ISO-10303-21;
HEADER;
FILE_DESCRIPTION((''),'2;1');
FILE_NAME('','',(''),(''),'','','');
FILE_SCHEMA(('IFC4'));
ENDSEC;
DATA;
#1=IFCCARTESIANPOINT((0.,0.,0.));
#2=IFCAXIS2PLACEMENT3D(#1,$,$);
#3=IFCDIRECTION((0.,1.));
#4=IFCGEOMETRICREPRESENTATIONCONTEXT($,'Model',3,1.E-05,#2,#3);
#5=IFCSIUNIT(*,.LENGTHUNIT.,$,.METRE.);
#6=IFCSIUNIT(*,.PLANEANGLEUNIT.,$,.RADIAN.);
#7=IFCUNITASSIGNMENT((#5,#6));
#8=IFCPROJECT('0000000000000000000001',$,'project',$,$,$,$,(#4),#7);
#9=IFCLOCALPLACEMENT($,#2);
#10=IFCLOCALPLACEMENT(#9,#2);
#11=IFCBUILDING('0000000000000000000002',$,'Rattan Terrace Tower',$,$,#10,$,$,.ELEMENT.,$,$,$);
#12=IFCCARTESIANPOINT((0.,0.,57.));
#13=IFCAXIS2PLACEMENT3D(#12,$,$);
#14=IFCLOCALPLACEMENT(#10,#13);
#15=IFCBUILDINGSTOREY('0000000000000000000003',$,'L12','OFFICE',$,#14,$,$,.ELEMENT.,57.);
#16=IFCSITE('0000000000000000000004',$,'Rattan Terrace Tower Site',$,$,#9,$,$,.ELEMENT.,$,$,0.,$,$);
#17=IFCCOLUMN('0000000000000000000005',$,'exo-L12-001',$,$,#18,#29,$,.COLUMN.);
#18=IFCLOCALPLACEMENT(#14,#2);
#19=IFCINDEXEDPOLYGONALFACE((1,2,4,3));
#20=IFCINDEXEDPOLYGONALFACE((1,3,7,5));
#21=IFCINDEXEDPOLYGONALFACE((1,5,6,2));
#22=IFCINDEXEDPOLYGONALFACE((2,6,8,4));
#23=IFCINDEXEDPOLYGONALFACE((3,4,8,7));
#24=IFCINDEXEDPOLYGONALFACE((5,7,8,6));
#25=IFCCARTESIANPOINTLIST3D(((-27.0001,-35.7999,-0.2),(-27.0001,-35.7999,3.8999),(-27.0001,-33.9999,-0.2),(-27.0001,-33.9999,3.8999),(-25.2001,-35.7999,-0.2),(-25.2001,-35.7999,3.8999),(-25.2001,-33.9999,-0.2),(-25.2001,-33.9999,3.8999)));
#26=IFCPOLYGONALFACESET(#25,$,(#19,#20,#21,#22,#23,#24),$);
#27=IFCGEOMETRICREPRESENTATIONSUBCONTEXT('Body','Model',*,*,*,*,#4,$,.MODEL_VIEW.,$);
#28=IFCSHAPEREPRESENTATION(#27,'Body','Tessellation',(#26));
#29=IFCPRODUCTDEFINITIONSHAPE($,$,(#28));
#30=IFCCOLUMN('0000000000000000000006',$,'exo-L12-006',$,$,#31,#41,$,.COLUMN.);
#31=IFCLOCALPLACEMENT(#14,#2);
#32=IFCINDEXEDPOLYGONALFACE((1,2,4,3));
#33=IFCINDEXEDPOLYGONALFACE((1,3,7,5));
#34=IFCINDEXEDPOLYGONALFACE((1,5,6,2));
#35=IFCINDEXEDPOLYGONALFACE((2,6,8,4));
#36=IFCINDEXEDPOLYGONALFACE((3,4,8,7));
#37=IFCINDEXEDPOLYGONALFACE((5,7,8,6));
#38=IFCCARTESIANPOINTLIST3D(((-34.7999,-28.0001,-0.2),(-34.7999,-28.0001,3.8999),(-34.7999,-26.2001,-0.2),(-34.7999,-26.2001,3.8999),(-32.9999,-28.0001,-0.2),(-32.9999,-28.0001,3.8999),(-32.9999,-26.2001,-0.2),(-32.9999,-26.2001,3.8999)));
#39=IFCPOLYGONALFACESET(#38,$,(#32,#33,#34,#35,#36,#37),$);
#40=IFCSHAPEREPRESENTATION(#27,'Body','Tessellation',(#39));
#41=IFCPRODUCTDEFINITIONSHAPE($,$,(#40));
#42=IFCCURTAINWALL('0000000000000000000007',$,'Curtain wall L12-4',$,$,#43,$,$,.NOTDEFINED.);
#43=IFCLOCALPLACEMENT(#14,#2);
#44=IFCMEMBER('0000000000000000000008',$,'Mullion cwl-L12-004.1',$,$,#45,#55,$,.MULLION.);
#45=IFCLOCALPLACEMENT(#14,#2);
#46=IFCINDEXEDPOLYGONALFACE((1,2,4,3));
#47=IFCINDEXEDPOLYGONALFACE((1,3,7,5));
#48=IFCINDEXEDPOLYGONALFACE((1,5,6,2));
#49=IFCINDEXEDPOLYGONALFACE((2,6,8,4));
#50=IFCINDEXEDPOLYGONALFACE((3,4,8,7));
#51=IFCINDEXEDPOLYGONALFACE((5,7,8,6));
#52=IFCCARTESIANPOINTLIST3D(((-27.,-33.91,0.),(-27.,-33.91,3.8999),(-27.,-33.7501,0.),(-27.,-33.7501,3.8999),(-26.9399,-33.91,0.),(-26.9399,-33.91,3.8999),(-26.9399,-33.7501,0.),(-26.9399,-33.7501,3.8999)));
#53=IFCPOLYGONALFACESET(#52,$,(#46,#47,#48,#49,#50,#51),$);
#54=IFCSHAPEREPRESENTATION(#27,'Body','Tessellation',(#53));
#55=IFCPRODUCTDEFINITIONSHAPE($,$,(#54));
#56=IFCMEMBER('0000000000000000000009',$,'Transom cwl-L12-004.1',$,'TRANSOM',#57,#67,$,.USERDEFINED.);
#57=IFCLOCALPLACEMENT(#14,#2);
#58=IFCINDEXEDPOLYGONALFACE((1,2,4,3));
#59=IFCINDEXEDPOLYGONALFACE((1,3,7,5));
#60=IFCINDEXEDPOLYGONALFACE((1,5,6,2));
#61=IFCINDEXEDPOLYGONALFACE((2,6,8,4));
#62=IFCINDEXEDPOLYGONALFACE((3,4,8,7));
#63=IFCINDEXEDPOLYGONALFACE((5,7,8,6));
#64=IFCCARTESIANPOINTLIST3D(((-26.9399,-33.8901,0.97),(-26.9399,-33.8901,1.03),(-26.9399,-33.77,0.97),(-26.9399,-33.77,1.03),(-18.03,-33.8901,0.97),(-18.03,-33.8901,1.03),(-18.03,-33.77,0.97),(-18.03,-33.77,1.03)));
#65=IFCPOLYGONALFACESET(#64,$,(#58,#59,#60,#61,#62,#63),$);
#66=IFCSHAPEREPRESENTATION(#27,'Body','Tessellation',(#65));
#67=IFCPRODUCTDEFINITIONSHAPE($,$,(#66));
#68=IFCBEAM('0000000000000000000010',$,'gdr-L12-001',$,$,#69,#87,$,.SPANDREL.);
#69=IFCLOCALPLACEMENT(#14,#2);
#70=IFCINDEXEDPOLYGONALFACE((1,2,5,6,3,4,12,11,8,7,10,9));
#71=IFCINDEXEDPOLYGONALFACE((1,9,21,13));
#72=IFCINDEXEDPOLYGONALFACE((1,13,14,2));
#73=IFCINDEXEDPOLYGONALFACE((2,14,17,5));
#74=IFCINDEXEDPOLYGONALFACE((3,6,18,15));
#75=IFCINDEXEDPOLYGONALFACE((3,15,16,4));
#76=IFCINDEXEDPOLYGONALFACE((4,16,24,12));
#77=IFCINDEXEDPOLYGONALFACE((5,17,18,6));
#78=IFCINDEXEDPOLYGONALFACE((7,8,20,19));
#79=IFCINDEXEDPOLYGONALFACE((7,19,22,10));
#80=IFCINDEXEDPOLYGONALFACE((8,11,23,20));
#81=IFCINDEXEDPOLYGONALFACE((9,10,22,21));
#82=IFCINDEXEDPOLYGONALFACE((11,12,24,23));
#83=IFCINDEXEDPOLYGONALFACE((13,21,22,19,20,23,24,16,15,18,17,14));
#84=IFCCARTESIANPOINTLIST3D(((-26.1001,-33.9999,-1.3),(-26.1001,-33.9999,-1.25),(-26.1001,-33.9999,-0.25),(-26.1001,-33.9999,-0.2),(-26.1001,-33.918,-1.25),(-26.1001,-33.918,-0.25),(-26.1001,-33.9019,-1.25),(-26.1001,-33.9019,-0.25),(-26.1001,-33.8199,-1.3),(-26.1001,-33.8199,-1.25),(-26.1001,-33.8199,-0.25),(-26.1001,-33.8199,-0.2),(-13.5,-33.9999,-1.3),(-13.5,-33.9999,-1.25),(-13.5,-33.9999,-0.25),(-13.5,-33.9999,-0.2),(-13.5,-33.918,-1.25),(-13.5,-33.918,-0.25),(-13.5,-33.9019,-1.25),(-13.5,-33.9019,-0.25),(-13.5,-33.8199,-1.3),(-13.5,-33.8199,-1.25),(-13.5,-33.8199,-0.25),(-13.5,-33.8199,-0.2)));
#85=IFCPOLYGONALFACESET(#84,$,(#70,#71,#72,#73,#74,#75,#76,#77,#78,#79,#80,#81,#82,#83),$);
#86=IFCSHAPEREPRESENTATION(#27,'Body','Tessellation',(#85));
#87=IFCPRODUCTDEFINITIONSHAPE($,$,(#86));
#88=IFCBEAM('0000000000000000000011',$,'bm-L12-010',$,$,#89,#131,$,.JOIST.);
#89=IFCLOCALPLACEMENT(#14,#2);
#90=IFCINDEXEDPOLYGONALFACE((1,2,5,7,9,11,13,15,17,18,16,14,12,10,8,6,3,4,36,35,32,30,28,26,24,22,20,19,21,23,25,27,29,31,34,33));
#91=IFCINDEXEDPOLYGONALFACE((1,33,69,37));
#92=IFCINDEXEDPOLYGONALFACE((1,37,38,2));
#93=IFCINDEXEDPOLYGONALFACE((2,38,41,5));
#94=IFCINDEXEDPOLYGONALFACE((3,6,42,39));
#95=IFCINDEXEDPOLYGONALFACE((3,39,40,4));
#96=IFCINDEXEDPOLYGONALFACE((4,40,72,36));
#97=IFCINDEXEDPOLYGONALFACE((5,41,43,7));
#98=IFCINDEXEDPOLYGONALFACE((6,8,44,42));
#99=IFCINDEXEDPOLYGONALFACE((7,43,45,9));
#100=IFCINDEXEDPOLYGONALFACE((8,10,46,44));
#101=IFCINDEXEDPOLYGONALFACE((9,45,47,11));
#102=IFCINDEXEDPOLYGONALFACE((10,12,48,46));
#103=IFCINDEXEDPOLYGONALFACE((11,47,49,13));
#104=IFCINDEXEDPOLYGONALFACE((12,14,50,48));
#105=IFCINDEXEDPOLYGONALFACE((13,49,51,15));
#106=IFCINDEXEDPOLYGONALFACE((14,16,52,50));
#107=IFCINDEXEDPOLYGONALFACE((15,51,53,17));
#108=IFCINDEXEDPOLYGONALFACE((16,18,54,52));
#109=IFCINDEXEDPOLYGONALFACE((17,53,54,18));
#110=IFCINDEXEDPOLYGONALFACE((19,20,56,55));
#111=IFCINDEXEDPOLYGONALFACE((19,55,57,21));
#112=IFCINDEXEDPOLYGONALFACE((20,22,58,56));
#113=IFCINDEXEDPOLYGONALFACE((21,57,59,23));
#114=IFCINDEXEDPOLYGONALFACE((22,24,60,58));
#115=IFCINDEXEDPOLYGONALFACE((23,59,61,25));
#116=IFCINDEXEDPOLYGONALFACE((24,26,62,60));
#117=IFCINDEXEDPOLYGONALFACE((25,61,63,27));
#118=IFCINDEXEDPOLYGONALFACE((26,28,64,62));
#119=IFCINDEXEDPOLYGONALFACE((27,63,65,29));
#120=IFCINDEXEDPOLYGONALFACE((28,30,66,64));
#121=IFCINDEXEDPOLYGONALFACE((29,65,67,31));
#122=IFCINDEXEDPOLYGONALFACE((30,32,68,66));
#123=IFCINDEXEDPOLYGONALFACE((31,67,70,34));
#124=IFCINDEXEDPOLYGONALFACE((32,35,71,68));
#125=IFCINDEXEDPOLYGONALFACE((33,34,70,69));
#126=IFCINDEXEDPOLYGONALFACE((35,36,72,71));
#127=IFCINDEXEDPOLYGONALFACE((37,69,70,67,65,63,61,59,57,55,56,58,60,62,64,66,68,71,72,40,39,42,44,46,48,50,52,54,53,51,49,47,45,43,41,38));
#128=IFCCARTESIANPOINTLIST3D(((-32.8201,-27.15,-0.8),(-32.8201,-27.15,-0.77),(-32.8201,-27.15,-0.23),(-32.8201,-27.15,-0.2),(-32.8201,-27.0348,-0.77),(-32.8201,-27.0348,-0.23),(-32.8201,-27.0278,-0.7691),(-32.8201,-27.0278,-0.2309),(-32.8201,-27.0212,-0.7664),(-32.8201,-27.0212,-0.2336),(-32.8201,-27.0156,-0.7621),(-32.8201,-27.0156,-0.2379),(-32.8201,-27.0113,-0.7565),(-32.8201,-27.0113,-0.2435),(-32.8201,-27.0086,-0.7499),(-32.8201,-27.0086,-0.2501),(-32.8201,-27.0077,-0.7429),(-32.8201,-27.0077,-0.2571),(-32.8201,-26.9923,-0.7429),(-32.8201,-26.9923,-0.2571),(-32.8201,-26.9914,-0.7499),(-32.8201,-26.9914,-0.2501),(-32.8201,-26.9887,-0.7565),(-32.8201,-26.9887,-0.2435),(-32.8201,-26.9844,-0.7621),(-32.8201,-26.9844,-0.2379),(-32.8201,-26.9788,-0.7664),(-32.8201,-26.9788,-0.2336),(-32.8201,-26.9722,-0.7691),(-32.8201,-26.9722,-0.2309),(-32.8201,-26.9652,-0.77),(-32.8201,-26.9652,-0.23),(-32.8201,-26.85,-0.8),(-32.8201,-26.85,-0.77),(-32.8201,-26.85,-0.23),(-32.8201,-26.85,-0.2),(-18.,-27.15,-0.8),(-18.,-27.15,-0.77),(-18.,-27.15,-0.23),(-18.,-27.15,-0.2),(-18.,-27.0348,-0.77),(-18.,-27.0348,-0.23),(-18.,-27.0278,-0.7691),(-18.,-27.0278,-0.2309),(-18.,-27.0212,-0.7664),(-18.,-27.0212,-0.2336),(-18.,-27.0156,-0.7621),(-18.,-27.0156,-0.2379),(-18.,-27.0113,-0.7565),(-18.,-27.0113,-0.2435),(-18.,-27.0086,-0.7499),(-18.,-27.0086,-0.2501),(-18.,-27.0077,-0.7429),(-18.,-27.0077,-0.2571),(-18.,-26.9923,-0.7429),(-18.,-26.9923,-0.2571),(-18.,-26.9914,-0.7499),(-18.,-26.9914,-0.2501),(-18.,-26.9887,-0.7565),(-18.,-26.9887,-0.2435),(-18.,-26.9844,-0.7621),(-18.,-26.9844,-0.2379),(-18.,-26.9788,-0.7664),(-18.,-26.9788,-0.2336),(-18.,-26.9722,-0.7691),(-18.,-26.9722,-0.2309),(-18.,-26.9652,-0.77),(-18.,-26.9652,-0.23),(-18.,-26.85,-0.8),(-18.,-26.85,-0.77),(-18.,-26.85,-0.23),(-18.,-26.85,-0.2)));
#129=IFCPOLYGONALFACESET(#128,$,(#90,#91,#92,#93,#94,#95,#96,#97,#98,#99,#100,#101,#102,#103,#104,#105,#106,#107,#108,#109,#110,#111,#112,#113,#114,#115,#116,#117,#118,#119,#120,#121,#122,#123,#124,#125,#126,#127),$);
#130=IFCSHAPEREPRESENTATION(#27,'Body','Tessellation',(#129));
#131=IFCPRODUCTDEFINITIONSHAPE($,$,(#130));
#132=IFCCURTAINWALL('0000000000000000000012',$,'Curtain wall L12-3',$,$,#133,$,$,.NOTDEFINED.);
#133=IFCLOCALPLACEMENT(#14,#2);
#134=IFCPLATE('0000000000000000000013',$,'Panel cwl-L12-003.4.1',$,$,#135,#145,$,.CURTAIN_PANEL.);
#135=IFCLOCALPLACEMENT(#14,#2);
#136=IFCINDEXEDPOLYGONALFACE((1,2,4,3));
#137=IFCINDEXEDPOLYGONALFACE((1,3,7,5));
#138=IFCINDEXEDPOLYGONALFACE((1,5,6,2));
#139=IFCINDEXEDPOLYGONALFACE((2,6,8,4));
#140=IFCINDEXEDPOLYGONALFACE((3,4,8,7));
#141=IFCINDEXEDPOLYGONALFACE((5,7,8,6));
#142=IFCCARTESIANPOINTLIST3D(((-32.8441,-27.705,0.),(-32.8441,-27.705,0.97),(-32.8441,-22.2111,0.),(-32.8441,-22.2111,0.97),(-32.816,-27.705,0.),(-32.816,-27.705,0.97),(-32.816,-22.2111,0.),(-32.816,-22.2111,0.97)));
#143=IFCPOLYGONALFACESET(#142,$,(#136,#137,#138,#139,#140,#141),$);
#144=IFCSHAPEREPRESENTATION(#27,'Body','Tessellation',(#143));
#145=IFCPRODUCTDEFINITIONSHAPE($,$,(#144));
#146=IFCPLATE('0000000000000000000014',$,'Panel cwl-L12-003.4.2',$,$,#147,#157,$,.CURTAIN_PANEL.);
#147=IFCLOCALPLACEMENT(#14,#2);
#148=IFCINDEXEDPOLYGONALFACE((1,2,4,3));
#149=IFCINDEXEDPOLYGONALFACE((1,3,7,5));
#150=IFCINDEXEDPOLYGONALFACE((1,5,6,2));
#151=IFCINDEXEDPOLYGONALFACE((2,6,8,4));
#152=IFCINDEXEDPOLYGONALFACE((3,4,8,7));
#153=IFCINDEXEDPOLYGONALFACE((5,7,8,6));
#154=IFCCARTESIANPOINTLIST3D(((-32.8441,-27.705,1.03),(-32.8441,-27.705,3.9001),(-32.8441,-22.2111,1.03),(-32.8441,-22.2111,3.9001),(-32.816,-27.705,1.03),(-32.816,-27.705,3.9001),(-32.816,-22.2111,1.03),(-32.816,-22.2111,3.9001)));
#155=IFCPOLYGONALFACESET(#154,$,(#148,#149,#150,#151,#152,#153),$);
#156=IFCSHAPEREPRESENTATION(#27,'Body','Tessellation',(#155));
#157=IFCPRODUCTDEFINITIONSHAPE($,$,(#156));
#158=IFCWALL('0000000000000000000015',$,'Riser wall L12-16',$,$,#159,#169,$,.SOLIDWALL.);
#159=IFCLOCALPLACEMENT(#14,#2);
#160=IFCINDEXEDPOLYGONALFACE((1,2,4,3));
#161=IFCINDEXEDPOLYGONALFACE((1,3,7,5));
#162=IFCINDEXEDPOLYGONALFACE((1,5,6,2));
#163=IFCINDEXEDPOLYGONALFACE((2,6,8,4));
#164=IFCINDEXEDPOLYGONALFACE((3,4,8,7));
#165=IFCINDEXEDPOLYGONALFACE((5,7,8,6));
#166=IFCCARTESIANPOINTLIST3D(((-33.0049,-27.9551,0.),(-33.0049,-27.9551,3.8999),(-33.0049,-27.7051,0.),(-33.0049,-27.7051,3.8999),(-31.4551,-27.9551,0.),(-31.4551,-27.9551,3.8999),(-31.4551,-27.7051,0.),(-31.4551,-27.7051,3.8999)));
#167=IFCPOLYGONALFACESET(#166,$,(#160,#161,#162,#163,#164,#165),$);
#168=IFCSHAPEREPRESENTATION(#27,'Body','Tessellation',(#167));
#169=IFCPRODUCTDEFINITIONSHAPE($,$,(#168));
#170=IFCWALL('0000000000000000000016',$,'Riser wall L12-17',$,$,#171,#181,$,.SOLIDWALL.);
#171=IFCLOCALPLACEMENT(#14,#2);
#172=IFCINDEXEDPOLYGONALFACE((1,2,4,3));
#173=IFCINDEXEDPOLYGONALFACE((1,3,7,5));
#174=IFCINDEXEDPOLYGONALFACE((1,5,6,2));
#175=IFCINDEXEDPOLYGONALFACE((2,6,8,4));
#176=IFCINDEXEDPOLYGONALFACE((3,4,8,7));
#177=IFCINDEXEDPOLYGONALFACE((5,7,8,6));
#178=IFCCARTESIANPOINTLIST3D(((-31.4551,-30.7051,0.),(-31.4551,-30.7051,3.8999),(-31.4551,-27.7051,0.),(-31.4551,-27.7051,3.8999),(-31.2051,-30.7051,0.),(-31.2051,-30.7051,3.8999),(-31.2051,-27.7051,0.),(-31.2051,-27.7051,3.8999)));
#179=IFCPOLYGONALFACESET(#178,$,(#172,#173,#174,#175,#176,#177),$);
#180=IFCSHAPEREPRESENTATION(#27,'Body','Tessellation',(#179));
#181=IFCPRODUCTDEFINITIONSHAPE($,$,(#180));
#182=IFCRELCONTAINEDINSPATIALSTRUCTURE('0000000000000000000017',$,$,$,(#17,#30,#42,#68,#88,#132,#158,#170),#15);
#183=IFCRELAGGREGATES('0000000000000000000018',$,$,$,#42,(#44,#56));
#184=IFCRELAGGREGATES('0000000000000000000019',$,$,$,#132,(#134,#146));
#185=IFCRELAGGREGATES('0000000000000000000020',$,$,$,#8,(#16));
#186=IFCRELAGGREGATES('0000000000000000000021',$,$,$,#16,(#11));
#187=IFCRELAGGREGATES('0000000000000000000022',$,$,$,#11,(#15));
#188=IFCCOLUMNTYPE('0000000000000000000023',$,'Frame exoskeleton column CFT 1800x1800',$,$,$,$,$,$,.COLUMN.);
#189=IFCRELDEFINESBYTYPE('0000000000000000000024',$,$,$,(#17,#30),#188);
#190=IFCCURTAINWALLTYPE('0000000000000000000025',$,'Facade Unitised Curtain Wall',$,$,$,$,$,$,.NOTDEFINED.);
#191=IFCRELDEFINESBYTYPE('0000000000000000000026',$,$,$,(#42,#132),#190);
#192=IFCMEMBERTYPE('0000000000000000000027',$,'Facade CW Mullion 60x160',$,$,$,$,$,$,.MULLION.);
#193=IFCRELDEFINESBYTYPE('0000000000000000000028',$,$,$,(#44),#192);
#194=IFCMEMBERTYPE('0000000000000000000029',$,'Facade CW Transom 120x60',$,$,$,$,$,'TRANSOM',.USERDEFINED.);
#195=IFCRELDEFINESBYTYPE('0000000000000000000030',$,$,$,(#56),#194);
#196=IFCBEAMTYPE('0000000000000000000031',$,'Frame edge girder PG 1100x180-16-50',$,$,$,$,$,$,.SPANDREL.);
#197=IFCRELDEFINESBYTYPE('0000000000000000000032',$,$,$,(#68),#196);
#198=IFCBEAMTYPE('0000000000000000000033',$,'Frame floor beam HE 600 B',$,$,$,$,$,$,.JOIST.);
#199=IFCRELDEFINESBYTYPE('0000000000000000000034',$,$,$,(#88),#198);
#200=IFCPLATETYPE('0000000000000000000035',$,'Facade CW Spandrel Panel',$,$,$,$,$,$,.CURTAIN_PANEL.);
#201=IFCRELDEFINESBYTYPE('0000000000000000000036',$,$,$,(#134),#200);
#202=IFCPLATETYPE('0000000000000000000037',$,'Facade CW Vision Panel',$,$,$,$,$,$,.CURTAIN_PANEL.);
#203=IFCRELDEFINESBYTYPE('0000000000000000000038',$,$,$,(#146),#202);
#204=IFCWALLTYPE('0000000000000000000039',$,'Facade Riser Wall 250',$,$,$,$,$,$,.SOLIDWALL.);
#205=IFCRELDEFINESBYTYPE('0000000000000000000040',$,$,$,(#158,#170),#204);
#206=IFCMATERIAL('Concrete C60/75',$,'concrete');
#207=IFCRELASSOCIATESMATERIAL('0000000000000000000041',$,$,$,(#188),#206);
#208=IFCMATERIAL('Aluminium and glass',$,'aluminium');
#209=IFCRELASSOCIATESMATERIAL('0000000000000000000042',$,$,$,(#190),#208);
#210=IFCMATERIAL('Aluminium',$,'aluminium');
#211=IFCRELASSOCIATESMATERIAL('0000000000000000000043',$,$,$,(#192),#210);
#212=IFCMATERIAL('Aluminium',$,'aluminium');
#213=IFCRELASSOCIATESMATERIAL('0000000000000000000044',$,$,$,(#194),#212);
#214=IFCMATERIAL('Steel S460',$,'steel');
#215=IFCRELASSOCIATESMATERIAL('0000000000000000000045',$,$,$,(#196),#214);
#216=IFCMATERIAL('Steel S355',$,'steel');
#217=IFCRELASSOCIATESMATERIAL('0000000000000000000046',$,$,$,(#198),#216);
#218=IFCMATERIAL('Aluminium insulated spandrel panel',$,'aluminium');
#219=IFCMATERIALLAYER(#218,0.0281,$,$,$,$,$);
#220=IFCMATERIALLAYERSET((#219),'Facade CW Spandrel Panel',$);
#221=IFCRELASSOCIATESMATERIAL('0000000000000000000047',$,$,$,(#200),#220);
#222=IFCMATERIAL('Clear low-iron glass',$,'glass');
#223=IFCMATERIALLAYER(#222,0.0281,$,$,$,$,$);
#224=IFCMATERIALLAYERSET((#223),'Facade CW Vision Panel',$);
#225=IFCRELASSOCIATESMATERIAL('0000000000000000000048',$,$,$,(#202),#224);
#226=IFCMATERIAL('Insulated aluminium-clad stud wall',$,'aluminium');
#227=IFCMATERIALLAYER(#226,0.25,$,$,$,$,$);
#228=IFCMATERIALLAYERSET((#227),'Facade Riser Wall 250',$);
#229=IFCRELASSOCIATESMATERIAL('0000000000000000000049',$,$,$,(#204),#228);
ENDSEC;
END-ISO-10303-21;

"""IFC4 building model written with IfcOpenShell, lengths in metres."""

from ifc_helpers import new_model, si_unit, direction, frame, frame_2d, origin, origin_2d, place, context, subcontext, project, spatial, rectangle, i_section, extrude, material, layer, layer_set, material_profile, profile_set, type_object, element, aggregate, save


model = new_model("IFC4")

# Units and contexts
model_context = context("Model", 3, precision=1e-05, world=origin(), true_north=direction((0.0, 1.0)))
body_context = subcontext(model_context, "Body", "Model", "MODEL_VIEW")
ifc_project = project(units=[si_unit("LENGTHUNIT", "METRE"), si_unit("PLANEANGLEUNIT", "RADIAN")], contexts=[model_context])

# Site, building, storey
site_placement = place(None, origin())
site = spatial("IfcSite", under=ifc_project, at=site_placement, Name="Rattan Terrace Tower Site", CompositionType="ELEMENT", RefElevation=0.0)
building_placement = place(site_placement, origin())
building = spatial("IfcBuilding", under=site, at=building_placement, Name="Rattan Terrace Tower", CompositionType="ELEMENT")
storey_placement = place(building_placement, frame((0.0, 0.0, 57.0)))
storey = spatial("IfcBuildingStorey", under=building, at=storey_placement, Name="L12", Description="OFFICE", CompositionType="ELEMENT", Elevation=57.0)

# Columns
ifc_material_1 = material(Name="Concrete C60/75", Category="concrete")
ifc_material_profile_1 = material_profile(ifc_material_1, rectangle(XDim=1.8, YDim=1.8, at=origin_2d()), Name="CFT 1800x1800")
ifc_profile_set_1 = profile_set([ifc_material_profile_1], Name="Concrete C60/75")
column_type = type_object("IfcColumnType", Name="Frame exoskeleton column CFT 1800x1800", PredefinedType="COLUMN", material=ifc_profile_set_1)
for number, where, z_axis, x_axis, name in (
    (1, (-26.1001, -34.8999, -0.2), (0.0, 0.0, 1.0), (1.0, 0.0, 0.0), "exo-L12-001"),
    (2, (-33.8999, -27.1001, -0.2), (0.0, 0.0, 1.0), (0.0, 1.0, 0.0), "exo-L12-006"),
):
    element("IfcColumn", number, at=place(storey_placement, frame(where, z_axis=z_axis, x_axis=x_axis)), inside=storey, type_object=column_type, Name=name, PredefinedType="COLUMN", context=body_context, shape_type="SweptSolid", body=[
        extrude(rectangle(XDim=1.8, YDim=1.8, at=origin_2d()), origin(), (0.0, 0.0, 1.0), 4.0999),
    ])

# Curtain wall, members
ifc_material_2 = material(Name="Aluminium and glass", Category="aluminium")
curtain_wall_type = type_object("IfcCurtainWallType", Name="Facade Unitised Curtain Wall", PredefinedType="NOTDEFINED", material=ifc_material_2)
curtain_wall_1_placement = place(storey_placement, origin())
curtain_wall_1 = element("IfcCurtainWall", 3, at=curtain_wall_1_placement, inside=storey, type_object=curtain_wall_type, Name="Curtain wall L12-4", PredefinedType="NOTDEFINED")
ifc_material_3 = material(Name="Aluminium", Category="aluminium")
ifc_material_profile_2 = material_profile(ifc_material_3, rectangle(XDim=0.0601, YDim=0.1599, at=origin_2d()), Name="Aluminium 60x160")
ifc_profile_set_2 = profile_set([ifc_material_profile_2], Name="Aluminium")
member_type_1 = type_object("IfcMemberType", Name="Facade CW Mullion 60x160", PredefinedType="MULLION", material=ifc_profile_set_2)
member_1_placement = place(storey_placement, frame((-26.97, -33.8301, 0.0), z_axis=(0.0, 0.0, 1.0), x_axis=(1.0, 0.0, 0.0)))
member_1 = element("IfcMember", 4, at=member_1_placement, type_object=member_type_1, Name="Mullion cwl-L12-004.1", PredefinedType="MULLION", context=body_context, shape_type="SweptSolid", body=[
    extrude(rectangle(XDim=0.0601, YDim=0.1599, at=origin_2d()), origin(), (0.0, 0.0, 1.0), 3.8999),
])
ifc_material_4 = material(Name="Aluminium", Category="aluminium")
ifc_material_profile_3 = material_profile(ifc_material_4, rectangle(XDim=0.1201, YDim=0.0601, at=origin_2d()), Name="Aluminium 120x60")
ifc_profile_set_3 = profile_set([ifc_material_profile_3], Name="Aluminium")
member_type_2 = type_object("IfcMemberType", Name="Facade CW Transom 120x60", ElementType="TRANSOM", PredefinedType="USERDEFINED", material=ifc_profile_set_3)
member_2_placement = place(storey_placement, frame((-26.9399, -33.8301, 1.0), z_axis=(1.0, 0.0, 0.0), x_axis=(0.0, 1.0, 0.0)))
member_2 = element("IfcMember", 5, at=member_2_placement, type_object=member_type_2, Name="Transom cwl-L12-004.1", ObjectType="TRANSOM", PredefinedType="USERDEFINED", context=body_context, shape_type="SweptSolid", body=[
    extrude(rectangle(XDim=0.1201, YDim=0.0601, at=origin_2d()), origin(), (0.0, 0.0, 1.0), 8.9099),
])
aggregate(curtain_wall_1, [member_1, member_2])

# Beams
ifc_material_5 = material(Name="Steel S460", Category="steel")
ifc_material_profile_4 = material_profile(ifc_material_5, i_section(OverallWidth=0.1799, OverallDepth=1.1001, WebThickness=0.0161, FlangeThickness=0.05, at=origin_2d()), Name="PG 1100x180-16-50")
ifc_profile_set_4 = profile_set([ifc_material_profile_4], Name="Steel S460")
beam_type_1 = type_object("IfcBeamType", Name="Frame edge girder PG 1100x180-16-50", PredefinedType="SPANDREL", material=ifc_profile_set_4)
beam_1_placement = place(storey_placement, frame((-26.1001, -33.9099, -0.75), z_axis=(1.0, 0.0, 0.0), x_axis=(0.0, 1.0, 0.0)))
element("IfcBeam", 6, at=beam_1_placement, inside=storey, type_object=beam_type_1, Name="gdr-L12-001", PredefinedType="SPANDREL", context=body_context, shape_type="SweptSolid", body=[
    extrude(i_section(OverallWidth=0.1799, OverallDepth=1.1001, WebThickness=0.0161, FlangeThickness=0.05, at=origin_2d()), origin(), (0.0, 0.0, 1.0), 12.6001),
])
ifc_material_6 = material(Name="Steel S355", Category="steel")
ifc_material_profile_5 = material_profile(ifc_material_6, i_section(OverallWidth=0.3, OverallDepth=0.6001, WebThickness=0.0154, FlangeThickness=0.03, FilletRadius=0.0271, at=origin_2d()), Name="HE 600 B")
ifc_profile_set_5 = profile_set([ifc_material_profile_5], Name="Steel S355")
beam_type_2 = type_object("IfcBeamType", Name="Frame floor beam HE 600 B", PredefinedType="JOIST", material=ifc_profile_set_5)
beam_2_placement = place(storey_placement, frame((-32.8201, -27.0, -0.5), z_axis=(1.0, 0.0, 0.0), x_axis=(0.0, 1.0, 0.0)))
element("IfcBeam", 7, at=beam_2_placement, inside=storey, type_object=beam_type_2, Name="bm-L12-010", PredefinedType="JOIST", context=body_context, shape_type="SweptSolid", body=[
    extrude(i_section(OverallWidth=0.3, OverallDepth=0.6001, WebThickness=0.0154, FlangeThickness=0.03, FilletRadius=0.0271, at=origin_2d()), origin(), (0.0, 0.0, 1.0), 14.8201),
])

# Curtain wall, plates
curtain_wall_2_placement = place(storey_placement, origin())
curtain_wall_2 = element("IfcCurtainWall", 8, at=curtain_wall_2_placement, inside=storey, type_object=curtain_wall_type, Name="Curtain wall L12-3", PredefinedType="NOTDEFINED")
ifc_material_7 = material(Name="Aluminium insulated spandrel panel", Category="aluminium")
ifc_layer_1 = layer(ifc_material_7, 0.0281)
ifc_layer_set_1 = layer_set([ifc_layer_1], Name="Facade CW Spandrel Panel")
plate_type_1 = type_object("IfcPlateType", Name="Facade CW Spandrel Panel", PredefinedType="CURTAIN_PANEL", material=ifc_layer_set_1)
plate_1_placement = place(storey_placement, frame((-32.8301, -24.958, 0.0), z_axis=(0.0, 0.0, 1.0), x_axis=(0.0, -1.0, 0.0)))
plate_1 = element("IfcPlate", 9, at=plate_1_placement, type_object=plate_type_1, Name="Panel cwl-L12-003.4.1", PredefinedType="CURTAIN_PANEL", context=body_context, shape_type="SweptSolid", body=[
    extrude(rectangle(XDim=5.4939, YDim=0.0281, at=origin_2d()), origin(), (0.0, 0.0, 1.0), 0.97),
])
ifc_material_8 = material(Name="Clear low-iron glass", Category="glass")
ifc_layer_2 = layer(ifc_material_8, 0.0281)
ifc_layer_set_2 = layer_set([ifc_layer_2], Name="Facade CW Vision Panel")
plate_type_2 = type_object("IfcPlateType", Name="Facade CW Vision Panel", PredefinedType="CURTAIN_PANEL", material=ifc_layer_set_2)
plate_2_placement = place(storey_placement, frame((-32.8301, -24.958, 1.03), z_axis=(0.0, 0.0, 1.0), x_axis=(0.0, -1.0, 0.0)))
plate_2 = element("IfcPlate", 10, at=plate_2_placement, type_object=plate_type_2, Name="Panel cwl-L12-003.4.2", PredefinedType="CURTAIN_PANEL", context=body_context, shape_type="SweptSolid", body=[
    extrude(rectangle(XDim=5.4939, YDim=0.0281, at=origin_2d()), origin(), (0.0, 0.0, 1.0), 2.8701),
])
aggregate(curtain_wall_2, [plate_1, plate_2])

# Walls
ifc_material_9 = material(Name="Insulated aluminium-clad stud wall", Category="aluminium")
ifc_layer_3 = layer(ifc_material_9, 0.25)
ifc_layer_set_3 = layer_set([ifc_layer_3], Name="Facade Riser Wall 250")
wall_type_1 = type_object("IfcWallType", Name="Facade Riser Wall 250", PredefinedType="SOLIDWALL", material=ifc_layer_set_3)
wall_1_placement = place(storey_placement, frame((-33.0049, -27.8301, 0.0), z_axis=(0.0, 0.0, 1.0), x_axis=(1.0, 0.0, 0.0)))
element("IfcWall", 11, at=wall_1_placement, inside=storey, type_object=wall_type_1, Name="Riser wall L12-16", PredefinedType="SOLIDWALL", context=body_context, shape_type="SweptSolid", body=[
    extrude(rectangle(XDim=1.5498, YDim=0.25, at=frame_2d((0.7749, 0.0))), origin(), (0.0, 0.0, 1.0), 3.8999),
])
wall_2_placement = place(storey_placement, frame((-31.3301, -27.7051, 0.0), z_axis=(0.0, 0.0, 1.0), x_axis=(0.0, -1.0, 0.0)))
element("IfcWall", 12, at=wall_2_placement, inside=storey, type_object=wall_type_1, Name="Riser wall L12-17", PredefinedType="SOLIDWALL", context=body_context, shape_type="SweptSolid", body=[
    extrude(rectangle(XDim=3.0, YDim=0.25, at=frame_2d((1.5, 0.0))), origin(), (0.0, 0.0, 1.0), 3.8999),
])

save(model, "model.ifc")
